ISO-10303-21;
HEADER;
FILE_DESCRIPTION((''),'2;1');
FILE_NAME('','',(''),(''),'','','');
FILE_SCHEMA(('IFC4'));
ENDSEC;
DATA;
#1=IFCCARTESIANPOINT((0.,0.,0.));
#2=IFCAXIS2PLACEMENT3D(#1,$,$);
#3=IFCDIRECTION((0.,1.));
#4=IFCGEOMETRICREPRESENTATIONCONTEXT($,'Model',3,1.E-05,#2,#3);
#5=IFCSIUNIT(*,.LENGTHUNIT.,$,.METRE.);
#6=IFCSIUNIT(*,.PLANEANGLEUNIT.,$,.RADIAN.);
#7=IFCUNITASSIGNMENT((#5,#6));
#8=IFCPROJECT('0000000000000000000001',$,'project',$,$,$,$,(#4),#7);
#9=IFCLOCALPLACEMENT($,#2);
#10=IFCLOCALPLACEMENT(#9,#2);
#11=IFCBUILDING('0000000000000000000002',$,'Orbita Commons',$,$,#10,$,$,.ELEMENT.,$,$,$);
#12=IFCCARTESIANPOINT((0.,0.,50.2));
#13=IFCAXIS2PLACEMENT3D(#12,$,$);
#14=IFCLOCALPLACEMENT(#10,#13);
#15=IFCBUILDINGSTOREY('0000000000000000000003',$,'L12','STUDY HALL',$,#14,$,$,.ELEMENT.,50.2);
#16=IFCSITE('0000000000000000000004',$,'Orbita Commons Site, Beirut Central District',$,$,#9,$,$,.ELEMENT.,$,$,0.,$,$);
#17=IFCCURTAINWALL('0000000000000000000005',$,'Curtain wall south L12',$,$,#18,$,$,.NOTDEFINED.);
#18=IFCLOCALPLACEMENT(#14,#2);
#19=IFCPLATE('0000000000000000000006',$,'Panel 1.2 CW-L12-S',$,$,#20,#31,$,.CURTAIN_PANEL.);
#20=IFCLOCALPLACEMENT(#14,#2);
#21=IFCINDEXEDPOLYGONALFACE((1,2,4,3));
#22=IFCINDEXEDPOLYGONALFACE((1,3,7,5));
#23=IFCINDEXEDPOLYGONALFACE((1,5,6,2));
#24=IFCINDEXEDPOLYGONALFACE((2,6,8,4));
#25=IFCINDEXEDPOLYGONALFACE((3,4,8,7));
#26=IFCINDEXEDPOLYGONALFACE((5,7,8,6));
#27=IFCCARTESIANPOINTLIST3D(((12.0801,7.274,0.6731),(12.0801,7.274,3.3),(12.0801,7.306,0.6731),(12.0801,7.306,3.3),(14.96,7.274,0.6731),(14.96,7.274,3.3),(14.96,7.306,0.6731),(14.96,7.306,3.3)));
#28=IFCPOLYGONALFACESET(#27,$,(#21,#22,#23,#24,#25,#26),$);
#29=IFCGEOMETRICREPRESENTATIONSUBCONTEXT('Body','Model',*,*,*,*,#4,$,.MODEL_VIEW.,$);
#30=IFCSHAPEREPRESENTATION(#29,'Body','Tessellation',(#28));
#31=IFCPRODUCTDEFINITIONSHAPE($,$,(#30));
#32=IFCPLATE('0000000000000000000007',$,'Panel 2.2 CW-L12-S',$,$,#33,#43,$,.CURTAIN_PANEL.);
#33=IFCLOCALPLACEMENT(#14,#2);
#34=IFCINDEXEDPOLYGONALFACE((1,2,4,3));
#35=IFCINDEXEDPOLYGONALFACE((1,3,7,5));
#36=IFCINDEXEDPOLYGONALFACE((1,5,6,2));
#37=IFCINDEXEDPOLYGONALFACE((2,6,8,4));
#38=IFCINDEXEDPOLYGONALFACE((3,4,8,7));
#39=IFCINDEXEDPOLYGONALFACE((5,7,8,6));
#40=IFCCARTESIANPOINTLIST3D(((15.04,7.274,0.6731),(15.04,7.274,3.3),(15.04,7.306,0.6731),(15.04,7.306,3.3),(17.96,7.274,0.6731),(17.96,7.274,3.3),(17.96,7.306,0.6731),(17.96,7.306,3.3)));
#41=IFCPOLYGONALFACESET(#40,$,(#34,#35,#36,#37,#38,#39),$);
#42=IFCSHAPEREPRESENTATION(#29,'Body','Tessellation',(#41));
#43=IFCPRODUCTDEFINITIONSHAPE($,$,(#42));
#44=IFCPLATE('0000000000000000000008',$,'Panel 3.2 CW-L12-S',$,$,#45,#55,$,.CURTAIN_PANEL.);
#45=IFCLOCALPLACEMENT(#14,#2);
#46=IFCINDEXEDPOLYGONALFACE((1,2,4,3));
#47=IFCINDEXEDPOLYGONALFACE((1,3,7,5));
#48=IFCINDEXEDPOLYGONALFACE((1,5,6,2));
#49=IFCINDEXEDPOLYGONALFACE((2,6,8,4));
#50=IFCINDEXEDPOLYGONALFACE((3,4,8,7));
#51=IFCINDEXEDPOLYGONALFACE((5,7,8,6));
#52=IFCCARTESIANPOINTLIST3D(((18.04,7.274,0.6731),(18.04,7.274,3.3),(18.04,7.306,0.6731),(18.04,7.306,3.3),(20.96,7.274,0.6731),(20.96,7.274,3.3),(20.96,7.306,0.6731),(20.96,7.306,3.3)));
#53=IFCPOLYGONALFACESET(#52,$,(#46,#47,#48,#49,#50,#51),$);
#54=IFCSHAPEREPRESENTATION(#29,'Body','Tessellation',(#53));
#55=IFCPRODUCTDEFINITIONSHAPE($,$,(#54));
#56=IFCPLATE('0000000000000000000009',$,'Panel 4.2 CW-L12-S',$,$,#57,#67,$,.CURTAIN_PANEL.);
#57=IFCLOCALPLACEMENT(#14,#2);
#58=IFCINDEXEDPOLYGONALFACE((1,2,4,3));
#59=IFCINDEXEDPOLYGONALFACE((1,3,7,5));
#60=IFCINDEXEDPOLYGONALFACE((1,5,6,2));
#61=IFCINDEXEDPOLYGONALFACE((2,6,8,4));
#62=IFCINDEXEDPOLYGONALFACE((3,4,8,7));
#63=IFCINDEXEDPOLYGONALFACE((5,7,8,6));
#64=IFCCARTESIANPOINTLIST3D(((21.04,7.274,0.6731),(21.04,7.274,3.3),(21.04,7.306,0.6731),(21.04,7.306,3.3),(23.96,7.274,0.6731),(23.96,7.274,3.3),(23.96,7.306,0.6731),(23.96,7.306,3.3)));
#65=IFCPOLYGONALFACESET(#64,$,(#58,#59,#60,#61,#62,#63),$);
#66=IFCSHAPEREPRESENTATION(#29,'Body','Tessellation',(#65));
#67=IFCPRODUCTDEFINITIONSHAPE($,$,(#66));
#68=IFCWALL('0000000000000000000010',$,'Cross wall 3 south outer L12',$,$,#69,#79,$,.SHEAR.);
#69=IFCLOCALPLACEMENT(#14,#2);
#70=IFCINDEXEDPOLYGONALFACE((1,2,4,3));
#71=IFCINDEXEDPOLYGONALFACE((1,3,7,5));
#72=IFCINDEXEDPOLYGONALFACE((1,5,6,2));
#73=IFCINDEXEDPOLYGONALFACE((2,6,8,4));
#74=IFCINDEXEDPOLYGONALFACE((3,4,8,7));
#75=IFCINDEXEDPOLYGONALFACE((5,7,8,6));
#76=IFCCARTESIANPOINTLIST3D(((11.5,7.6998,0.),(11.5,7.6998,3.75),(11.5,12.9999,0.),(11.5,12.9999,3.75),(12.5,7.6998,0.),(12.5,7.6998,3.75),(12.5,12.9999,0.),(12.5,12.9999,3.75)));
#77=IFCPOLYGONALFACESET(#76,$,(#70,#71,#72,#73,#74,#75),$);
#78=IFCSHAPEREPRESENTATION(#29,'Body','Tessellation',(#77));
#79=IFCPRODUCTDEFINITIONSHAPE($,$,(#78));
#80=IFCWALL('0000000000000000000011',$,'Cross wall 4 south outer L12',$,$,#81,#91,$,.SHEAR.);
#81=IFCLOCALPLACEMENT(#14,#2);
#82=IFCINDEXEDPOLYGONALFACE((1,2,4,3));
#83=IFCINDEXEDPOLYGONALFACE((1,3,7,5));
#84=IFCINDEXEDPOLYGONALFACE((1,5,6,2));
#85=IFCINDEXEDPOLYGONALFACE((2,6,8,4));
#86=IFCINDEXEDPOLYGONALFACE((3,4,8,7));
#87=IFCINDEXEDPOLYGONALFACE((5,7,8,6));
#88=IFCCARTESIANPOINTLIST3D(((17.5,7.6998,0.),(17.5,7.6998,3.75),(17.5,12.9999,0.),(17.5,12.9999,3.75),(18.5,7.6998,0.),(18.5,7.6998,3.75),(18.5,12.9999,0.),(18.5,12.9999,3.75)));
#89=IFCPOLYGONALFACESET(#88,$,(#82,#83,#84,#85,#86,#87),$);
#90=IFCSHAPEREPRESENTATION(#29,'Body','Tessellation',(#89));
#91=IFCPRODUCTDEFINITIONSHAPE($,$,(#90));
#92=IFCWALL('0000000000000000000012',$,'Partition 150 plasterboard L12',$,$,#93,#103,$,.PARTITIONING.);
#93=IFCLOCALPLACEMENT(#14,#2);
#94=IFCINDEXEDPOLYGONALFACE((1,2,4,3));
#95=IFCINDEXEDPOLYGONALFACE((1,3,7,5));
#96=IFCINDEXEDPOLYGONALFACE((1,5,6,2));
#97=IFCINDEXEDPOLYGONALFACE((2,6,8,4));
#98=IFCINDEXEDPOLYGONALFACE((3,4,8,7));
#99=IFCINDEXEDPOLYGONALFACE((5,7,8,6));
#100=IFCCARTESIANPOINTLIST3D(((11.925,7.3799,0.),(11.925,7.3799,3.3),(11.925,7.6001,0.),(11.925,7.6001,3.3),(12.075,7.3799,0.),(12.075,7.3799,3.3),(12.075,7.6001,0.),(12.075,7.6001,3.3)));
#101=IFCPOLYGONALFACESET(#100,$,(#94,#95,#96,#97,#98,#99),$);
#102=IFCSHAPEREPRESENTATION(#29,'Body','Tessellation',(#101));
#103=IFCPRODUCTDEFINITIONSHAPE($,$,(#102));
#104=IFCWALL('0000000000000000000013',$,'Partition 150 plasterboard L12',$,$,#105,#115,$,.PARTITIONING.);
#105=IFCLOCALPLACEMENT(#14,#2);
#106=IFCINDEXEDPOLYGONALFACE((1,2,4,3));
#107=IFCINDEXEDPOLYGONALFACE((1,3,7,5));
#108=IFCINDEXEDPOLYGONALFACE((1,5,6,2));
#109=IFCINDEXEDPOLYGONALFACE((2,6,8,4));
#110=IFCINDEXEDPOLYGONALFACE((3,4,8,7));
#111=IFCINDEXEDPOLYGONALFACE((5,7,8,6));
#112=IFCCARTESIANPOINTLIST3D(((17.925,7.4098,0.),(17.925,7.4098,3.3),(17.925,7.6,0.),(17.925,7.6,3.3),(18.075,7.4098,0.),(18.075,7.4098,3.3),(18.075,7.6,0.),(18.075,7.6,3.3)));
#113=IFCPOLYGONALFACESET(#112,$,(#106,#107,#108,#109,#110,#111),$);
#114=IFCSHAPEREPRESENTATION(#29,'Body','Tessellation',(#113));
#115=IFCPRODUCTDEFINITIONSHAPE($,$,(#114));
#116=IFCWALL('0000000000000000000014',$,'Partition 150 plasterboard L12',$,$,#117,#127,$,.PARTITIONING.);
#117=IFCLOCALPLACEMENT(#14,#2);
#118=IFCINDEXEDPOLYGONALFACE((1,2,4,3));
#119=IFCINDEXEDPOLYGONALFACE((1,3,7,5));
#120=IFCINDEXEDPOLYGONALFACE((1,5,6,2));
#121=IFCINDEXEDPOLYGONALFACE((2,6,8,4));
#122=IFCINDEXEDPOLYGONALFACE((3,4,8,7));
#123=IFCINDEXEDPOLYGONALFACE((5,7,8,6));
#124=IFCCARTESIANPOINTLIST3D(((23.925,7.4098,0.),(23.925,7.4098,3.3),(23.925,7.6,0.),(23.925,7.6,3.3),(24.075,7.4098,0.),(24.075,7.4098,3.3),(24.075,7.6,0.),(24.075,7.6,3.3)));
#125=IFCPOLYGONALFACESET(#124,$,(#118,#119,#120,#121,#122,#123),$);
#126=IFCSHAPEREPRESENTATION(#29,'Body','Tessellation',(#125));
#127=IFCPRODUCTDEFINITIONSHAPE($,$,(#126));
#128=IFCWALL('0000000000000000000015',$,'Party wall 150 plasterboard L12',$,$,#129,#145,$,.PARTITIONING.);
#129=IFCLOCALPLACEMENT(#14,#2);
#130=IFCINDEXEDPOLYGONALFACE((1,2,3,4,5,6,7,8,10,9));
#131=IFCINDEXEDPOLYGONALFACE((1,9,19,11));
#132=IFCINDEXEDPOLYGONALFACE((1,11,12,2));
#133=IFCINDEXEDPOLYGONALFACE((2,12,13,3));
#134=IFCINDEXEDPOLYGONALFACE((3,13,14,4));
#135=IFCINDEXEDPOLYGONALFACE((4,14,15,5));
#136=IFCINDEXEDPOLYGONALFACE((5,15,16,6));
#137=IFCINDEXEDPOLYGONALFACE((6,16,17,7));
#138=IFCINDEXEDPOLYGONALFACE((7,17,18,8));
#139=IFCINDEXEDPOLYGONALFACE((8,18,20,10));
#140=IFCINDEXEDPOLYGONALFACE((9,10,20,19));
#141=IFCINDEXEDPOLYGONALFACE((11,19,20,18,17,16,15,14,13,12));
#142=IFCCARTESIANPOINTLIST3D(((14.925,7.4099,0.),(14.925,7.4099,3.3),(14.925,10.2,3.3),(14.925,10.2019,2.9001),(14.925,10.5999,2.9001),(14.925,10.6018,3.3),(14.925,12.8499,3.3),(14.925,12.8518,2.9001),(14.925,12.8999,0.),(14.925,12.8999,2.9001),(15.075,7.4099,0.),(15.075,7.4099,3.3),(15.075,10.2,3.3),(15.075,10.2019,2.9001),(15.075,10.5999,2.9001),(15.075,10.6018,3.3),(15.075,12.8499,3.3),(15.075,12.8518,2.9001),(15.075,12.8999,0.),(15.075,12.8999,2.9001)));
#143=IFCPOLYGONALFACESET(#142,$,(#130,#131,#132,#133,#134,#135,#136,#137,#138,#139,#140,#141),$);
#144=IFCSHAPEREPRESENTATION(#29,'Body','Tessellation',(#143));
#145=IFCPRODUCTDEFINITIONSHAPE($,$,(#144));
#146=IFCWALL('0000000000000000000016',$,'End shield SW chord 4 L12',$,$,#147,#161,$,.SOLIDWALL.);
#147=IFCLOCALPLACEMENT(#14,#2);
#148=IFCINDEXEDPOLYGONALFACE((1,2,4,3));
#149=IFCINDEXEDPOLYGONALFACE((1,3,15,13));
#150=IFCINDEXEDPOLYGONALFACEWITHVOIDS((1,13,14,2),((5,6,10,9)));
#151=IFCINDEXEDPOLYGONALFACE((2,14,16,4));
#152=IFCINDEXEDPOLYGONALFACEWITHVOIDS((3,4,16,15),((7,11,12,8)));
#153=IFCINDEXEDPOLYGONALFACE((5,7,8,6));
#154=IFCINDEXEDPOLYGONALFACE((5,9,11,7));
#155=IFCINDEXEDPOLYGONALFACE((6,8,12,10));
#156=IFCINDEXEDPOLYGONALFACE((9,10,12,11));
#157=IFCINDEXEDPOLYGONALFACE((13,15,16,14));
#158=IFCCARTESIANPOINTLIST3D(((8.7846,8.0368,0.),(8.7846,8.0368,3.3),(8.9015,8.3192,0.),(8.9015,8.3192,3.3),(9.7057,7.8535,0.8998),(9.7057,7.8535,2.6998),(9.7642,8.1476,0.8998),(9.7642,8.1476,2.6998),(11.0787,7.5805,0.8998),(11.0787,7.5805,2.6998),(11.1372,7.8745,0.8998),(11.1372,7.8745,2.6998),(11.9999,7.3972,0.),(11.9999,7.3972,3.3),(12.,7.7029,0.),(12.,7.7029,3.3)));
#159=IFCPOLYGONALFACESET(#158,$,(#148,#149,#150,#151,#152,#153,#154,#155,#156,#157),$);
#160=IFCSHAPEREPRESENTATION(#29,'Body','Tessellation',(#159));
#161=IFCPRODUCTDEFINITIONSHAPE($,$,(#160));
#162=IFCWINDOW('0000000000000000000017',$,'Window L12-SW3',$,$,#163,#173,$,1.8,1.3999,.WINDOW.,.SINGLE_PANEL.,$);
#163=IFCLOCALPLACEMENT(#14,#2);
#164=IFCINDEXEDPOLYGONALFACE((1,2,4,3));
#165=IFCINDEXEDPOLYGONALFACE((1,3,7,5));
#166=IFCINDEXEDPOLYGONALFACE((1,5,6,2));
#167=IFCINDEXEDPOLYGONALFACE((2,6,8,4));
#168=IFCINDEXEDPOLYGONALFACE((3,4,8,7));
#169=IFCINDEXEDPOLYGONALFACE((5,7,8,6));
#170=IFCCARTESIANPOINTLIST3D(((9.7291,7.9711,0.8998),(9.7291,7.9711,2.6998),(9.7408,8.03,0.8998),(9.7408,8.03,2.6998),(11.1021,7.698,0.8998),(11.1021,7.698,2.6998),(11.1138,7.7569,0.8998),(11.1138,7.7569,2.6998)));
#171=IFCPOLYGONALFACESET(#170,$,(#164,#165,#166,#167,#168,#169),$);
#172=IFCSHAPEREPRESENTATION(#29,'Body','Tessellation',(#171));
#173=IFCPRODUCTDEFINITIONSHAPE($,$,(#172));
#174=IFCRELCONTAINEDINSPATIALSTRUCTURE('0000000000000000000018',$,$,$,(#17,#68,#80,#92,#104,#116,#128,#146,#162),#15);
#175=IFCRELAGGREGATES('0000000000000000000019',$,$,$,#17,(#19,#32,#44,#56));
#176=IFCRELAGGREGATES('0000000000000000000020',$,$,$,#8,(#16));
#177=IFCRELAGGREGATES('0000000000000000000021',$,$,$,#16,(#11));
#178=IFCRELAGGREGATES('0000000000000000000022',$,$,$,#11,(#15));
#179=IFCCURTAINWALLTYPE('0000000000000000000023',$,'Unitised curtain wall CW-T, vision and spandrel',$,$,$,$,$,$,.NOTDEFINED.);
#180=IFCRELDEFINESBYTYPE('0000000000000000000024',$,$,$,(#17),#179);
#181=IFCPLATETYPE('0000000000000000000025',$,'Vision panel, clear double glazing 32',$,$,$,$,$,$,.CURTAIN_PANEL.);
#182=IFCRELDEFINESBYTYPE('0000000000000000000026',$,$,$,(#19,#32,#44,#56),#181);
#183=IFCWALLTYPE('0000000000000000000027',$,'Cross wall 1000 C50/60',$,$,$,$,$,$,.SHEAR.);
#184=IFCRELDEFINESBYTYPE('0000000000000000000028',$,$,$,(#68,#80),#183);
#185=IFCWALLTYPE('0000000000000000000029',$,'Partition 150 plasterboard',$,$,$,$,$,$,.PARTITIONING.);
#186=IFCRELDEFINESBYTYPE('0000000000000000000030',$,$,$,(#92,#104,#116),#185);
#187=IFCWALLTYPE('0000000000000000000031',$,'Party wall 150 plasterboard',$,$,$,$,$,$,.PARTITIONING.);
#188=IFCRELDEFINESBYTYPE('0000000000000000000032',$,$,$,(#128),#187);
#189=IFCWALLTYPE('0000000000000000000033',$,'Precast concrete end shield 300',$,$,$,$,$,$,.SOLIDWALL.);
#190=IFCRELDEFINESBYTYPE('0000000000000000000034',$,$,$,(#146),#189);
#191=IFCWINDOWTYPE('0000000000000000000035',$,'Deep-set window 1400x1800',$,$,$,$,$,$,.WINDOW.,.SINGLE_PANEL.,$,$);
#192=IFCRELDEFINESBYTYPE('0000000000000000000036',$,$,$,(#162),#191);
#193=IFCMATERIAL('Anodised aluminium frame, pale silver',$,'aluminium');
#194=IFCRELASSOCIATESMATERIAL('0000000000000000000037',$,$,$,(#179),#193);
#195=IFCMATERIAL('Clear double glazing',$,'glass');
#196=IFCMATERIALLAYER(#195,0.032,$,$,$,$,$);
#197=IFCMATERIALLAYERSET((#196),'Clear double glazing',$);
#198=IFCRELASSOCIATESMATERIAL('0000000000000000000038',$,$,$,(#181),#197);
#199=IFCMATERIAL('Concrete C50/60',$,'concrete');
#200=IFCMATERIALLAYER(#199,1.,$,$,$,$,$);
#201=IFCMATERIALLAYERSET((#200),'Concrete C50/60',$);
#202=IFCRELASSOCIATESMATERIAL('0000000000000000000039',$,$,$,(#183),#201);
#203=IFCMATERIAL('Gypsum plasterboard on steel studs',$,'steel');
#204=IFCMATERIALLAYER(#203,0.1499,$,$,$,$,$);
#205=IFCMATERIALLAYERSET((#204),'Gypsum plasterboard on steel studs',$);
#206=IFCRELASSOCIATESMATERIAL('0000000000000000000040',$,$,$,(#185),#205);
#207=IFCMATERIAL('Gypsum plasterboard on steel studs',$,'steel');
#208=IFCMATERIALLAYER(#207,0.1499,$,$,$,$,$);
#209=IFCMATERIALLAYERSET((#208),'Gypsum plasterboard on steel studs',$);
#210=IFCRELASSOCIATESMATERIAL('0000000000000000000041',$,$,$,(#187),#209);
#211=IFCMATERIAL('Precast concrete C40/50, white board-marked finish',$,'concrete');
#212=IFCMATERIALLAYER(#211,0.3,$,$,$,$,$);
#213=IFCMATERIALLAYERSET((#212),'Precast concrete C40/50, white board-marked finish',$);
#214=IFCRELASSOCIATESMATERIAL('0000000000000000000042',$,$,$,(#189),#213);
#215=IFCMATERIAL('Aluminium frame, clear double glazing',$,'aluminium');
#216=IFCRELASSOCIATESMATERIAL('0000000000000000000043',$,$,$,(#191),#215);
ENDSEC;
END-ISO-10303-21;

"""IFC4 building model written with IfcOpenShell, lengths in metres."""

from ifc_helpers import new_model, si_unit, direction, frame, frame_2d, origin, origin_2d, place, context, subcontext, project, spatial, polyline, rectangle, outline, extrude, material, layer, layer_set, type_object, element, fill, aggregate, save


model = new_model("IFC4")

# Units and contexts
model_context = context("Model", 3, precision=1e-05, world=origin(), true_north=direction((0.0, 1.0)))
body_context = subcontext(model_context, "Body", "Model", "MODEL_VIEW")
ifc_project = project(units=[si_unit("LENGTHUNIT", "METRE"), si_unit("PLANEANGLEUNIT", "RADIAN")], contexts=[model_context])

# Site, building, storey
site_placement = place(None, origin())
site = spatial("IfcSite", under=ifc_project, at=site_placement, Name="Orbita Commons Site, Beirut Central District", CompositionType="ELEMENT", RefElevation=0.0)
building_placement = place(site_placement, origin())
building = spatial("IfcBuilding", under=site, at=building_placement, Name="Orbita Commons", CompositionType="ELEMENT")
storey_placement = place(building_placement, frame((0.0, 0.0, 50.2)))
storey = spatial("IfcBuildingStorey", under=building, at=storey_placement, Name="L12", Description="STUDY HALL", CompositionType="ELEMENT", Elevation=50.2)

# Curtain wall
ifc_material_1 = material(Name="Anodised aluminium frame, pale silver", Category="aluminium")
curtain_wall_type = type_object("IfcCurtainWallType", Name="Unitised curtain wall CW-T, vision and spandrel", PredefinedType="NOTDEFINED", material=ifc_material_1)
curtain_wall_placement = place(storey_placement, origin())
curtain_wall = element("IfcCurtainWall", 1, at=curtain_wall_placement, inside=storey, type_object=curtain_wall_type, Name="Curtain wall south L12", PredefinedType="NOTDEFINED")

# Plates
ifc_material_2 = material(Name="Clear double glazing", Category="glass")
ifc_layer_1 = layer(ifc_material_2, 0.032)
ifc_layer_set_1 = layer_set([ifc_layer_1], Name="Clear double glazing")
plate_type_1 = type_object("IfcPlateType", Name="Vision panel, clear double glazing 32", PredefinedType="CURTAIN_PANEL", material=ifc_layer_set_1)
plate_1_placement = place(storey_placement, frame((13.52, 7.29, 0.6731), z_axis=(0.0, 0.0, 1.0), x_axis=(1.0, 0.0, 0.0)))
plate_1 = element("IfcPlate", 2, at=plate_1_placement, type_object=plate_type_1, Name="Panel 1.2 CW-L12-S", PredefinedType="CURTAIN_PANEL", context=body_context, shape_type="SweptSolid", body=[
    extrude(rectangle(XDim=2.8799, YDim=0.032, at=origin_2d()), origin(), (0.0, 0.0, 1.0), 2.627),
])
plate_2_placement = place(storey_placement, frame((16.5, 7.29, 0.6731), z_axis=(0.0, 0.0, 1.0), x_axis=(1.0, 0.0, 0.0)))
plate_2 = element("IfcPlate", 3, at=plate_2_placement, type_object=plate_type_1, Name="Panel 2.2 CW-L12-S", PredefinedType="CURTAIN_PANEL", context=body_context, shape_type="SweptSolid", body=[
    extrude(rectangle(XDim=2.9199, YDim=0.032, at=origin_2d()), origin(), (0.0, 0.0, 1.0), 2.627),
])
plate_3_placement = place(storey_placement, frame((19.5, 7.29, 0.6731), z_axis=(0.0, 0.0, 1.0), x_axis=(1.0, 0.0, 0.0)))
plate_3 = element("IfcPlate", 4, at=plate_3_placement, type_object=plate_type_1, Name="Panel 3.2 CW-L12-S", PredefinedType="CURTAIN_PANEL", context=body_context, shape_type="SweptSolid", body=[
    extrude(rectangle(XDim=2.9199, YDim=0.032, at=origin_2d()), origin(), (0.0, 0.0, 1.0), 2.627),
])
plate_4_placement = place(storey_placement, frame((22.5, 7.29, 0.6731), z_axis=(0.0, 0.0, 1.0), x_axis=(1.0, 0.0, 0.0)))
plate_4 = element("IfcPlate", 5, at=plate_4_placement, type_object=plate_type_1, Name="Panel 4.2 CW-L12-S", PredefinedType="CURTAIN_PANEL", context=body_context, shape_type="SweptSolid", body=[
    extrude(rectangle(XDim=2.9199, YDim=0.032, at=origin_2d()), origin(), (0.0, 0.0, 1.0), 2.627),
])
aggregate(curtain_wall, [plate_1, plate_2, plate_3, plate_4])

# Walls
ifc_material_3 = material(Name="Concrete C50/60", Category="concrete")
ifc_layer_2 = layer(ifc_material_3, 1.0)
ifc_layer_set_2 = layer_set([ifc_layer_2], Name="Concrete C50/60")
wall_type_1 = type_object("IfcWallType", Name="Cross wall 1000 C50/60", PredefinedType="SHEAR", material=ifc_layer_set_2)
for number, where, z_axis, x_axis, name in (
    (6, (12.0, 7.7, 0.0), (0.0, 0.0, 1.0), (0.0, 1.0, 0.0), "Cross wall 3 south outer L12"),
    (7, (18.0, 7.7, 0.0), (0.0, 0.0, 1.0), (0.0, 1.0, 0.0), "Cross wall 4 south outer L12"),
):
    element("IfcWall", number, at=place(storey_placement, frame(where, z_axis=z_axis, x_axis=x_axis)), inside=storey, type_object=wall_type_1, Name=name, PredefinedType="SHEAR", context=body_context, shape_type="SweptSolid", body=[
        extrude(rectangle(XDim=5.3, YDim=1.0, at=frame_2d((2.6499, 0.0))), origin(), (0.0, 0.0, 1.0), 3.75),
    ])
ifc_material_4 = material(Name="Gypsum plasterboard on steel studs", Category="steel")
ifc_layer_3 = layer(ifc_material_4, 0.1499)
ifc_layer_set_3 = layer_set([ifc_layer_3], Name="Gypsum plasterboard on steel studs")
wall_type_2 = type_object("IfcWallType", Name="Partition 150 plasterboard", PredefinedType="PARTITIONING", material=ifc_layer_set_3)
wall_1_placement = place(storey_placement, frame((12.0, 7.6001, 0.0), z_axis=(0.0, 0.0, 1.0), x_axis=(0.0, -1.0, 0.0)))
element("IfcWall", 8, at=wall_1_placement, inside=storey, type_object=wall_type_2, Name="Partition 150 plasterboard L12", PredefinedType="PARTITIONING", context=body_context, shape_type="SweptSolid", body=[
    extrude(rectangle(XDim=0.2202, YDim=0.1499, at=frame_2d((0.1101, 0.0))), origin(), (0.0, 0.0, 1.0), 3.3),
])
for number, where, z_axis, x_axis, name in (
    (9, (18.0, 7.6001, 0.0), (0.0, 0.0, 1.0), (0.0, -1.0, 0.0), "Partition 150 plasterboard L12"),
    (10, (24.0, 7.6001, 0.0), (0.0, 0.0, 1.0), (0.0, -1.0, 0.0), "Partition 150 plasterboard L12"),
):
    element("IfcWall", number, at=place(storey_placement, frame(where, z_axis=z_axis, x_axis=x_axis)), inside=storey, type_object=wall_type_2, Name=name, PredefinedType="PARTITIONING", context=body_context, shape_type="SweptSolid", body=[
        extrude(rectangle(XDim=0.1902, YDim=0.1499, at=frame_2d((0.0952, 0.0))), origin(), (0.0, 0.0, 1.0), 3.3),
    ])
ifc_material_5 = material(Name="Gypsum plasterboard on steel studs", Category="steel")
ifc_layer_4 = layer(ifc_material_5, 0.1499)
ifc_layer_set_4 = layer_set([ifc_layer_4], Name="Gypsum plasterboard on steel studs")
wall_type_3 = type_object("IfcWallType", Name="Party wall 150 plasterboard", PredefinedType="PARTITIONING", material=ifc_layer_set_4)
wall_2_placement = place(storey_placement, frame((15.0, 7.4099, 0.0), z_axis=(0.0, 0.0, 1.0), x_axis=(0.0, 1.0, 0.0)))
element("IfcWall", 11, at=wall_2_placement, inside=storey, type_object=wall_type_3, Name="Party wall 150 plasterboard L12", PredefinedType="PARTITIONING", context=body_context, shape_type="SweptSolid", body=[
    extrude(outline(polyline([(0.0, 0.0), (5.49, 0.0), (5.49, 2.9001), (5.4419, 2.9001), (5.4399, 3.3), (3.1919, 3.3), (3.1899, 2.9001), (2.792, 2.9001), (2.79, 3.3), (0.0, 3.3), (0.0, 0.0)])), frame((0.0, 0.075, 0.0), z_axis=(0.0, -1.0, 0.0), x_axis=(1.0, 0.0, 0.0)), (0.0, 0.0, 1.0), 0.1499),
])

# Wall, opening, window
ifc_material_6 = material(Name="Precast concrete C40/50, white board-marked finish", Category="concrete")
ifc_layer_5 = layer(ifc_material_6, 0.3)
ifc_layer_set_5 = layer_set([ifc_layer_5], Name="Precast concrete C40/50, white board-marked finish")
wall_type_4 = type_object("IfcWallType", Name="Precast concrete end shield 300", PredefinedType="SOLIDWALL", material=ifc_layer_set_5)
wall_3_placement = place(storey_placement, frame((8.843, 8.178, 0.0), z_axis=(0.0, 0.0, 1.0), x_axis=(0.980787, -0.19508, 0.0)))
wall_3 = element("IfcWall", 12, at=wall_3_placement, inside=storey, type_object=wall_type_4, Name="End shield SW chord 4 L12", PredefinedType="SOLIDWALL", context=body_context, shape_type="SweptSolid", body=[
    extrude(outline(polyline([(-0.0298, -0.1499), (3.2485, -0.1499), (3.189, 0.1499), (0.0298, 0.1499), (-0.0298, -0.1499)])), origin(), (0.0, 0.0, 1.0), 3.3),
])
opening_placement = place(wall_3_placement, frame((0.9094, 0.0, 0.8999)))
opening = element("IfcOpeningElement", 13, at=opening_placement, cuts=wall_3, PredefinedType="OPENING", context=body_context, shape_type="SweptSolid", body=[
    extrude(rectangle(XDim=1.3999, YDim=1.8, at=frame_2d((0.7, 0.8999))), frame((0.0, 0.1599, 0.0), z_axis=(0.0, -1.0, 0.0), x_axis=(1.0, 0.0, 0.0)), (0.0, 0.0, 1.0), 0.3201),
])
ifc_material_7 = material(Name="Aluminium frame, clear double glazing", Category="aluminium")
window_type = type_object("IfcWindowType", Name="Deep-set window 1400x1800", PartitioningType="SINGLE_PANEL", PredefinedType="WINDOW", material=ifc_material_7)
window_placement = place(opening_placement, origin())
window = element("IfcWindow", 14, at=window_placement, inside=storey, type_object=window_type, Name="Window L12-SW3", OverallHeight=1.8, OverallWidth=1.3999, PartitioningType="SINGLE_PANEL", PredefinedType="WINDOW", context=body_context, shape_type="SweptSolid", body=[
    extrude(rectangle(XDim=1.3999, YDim=1.8, at=frame_2d((0.7, 0.8999))), frame((0.0, 0.03, 0.0), z_axis=(0.0, -1.0, 0.0), x_axis=(1.0, 0.0, 0.0)), (0.0, 0.0, 1.0), 0.0601),
])
fill(opening, window)

save(model, "model.ifc")
